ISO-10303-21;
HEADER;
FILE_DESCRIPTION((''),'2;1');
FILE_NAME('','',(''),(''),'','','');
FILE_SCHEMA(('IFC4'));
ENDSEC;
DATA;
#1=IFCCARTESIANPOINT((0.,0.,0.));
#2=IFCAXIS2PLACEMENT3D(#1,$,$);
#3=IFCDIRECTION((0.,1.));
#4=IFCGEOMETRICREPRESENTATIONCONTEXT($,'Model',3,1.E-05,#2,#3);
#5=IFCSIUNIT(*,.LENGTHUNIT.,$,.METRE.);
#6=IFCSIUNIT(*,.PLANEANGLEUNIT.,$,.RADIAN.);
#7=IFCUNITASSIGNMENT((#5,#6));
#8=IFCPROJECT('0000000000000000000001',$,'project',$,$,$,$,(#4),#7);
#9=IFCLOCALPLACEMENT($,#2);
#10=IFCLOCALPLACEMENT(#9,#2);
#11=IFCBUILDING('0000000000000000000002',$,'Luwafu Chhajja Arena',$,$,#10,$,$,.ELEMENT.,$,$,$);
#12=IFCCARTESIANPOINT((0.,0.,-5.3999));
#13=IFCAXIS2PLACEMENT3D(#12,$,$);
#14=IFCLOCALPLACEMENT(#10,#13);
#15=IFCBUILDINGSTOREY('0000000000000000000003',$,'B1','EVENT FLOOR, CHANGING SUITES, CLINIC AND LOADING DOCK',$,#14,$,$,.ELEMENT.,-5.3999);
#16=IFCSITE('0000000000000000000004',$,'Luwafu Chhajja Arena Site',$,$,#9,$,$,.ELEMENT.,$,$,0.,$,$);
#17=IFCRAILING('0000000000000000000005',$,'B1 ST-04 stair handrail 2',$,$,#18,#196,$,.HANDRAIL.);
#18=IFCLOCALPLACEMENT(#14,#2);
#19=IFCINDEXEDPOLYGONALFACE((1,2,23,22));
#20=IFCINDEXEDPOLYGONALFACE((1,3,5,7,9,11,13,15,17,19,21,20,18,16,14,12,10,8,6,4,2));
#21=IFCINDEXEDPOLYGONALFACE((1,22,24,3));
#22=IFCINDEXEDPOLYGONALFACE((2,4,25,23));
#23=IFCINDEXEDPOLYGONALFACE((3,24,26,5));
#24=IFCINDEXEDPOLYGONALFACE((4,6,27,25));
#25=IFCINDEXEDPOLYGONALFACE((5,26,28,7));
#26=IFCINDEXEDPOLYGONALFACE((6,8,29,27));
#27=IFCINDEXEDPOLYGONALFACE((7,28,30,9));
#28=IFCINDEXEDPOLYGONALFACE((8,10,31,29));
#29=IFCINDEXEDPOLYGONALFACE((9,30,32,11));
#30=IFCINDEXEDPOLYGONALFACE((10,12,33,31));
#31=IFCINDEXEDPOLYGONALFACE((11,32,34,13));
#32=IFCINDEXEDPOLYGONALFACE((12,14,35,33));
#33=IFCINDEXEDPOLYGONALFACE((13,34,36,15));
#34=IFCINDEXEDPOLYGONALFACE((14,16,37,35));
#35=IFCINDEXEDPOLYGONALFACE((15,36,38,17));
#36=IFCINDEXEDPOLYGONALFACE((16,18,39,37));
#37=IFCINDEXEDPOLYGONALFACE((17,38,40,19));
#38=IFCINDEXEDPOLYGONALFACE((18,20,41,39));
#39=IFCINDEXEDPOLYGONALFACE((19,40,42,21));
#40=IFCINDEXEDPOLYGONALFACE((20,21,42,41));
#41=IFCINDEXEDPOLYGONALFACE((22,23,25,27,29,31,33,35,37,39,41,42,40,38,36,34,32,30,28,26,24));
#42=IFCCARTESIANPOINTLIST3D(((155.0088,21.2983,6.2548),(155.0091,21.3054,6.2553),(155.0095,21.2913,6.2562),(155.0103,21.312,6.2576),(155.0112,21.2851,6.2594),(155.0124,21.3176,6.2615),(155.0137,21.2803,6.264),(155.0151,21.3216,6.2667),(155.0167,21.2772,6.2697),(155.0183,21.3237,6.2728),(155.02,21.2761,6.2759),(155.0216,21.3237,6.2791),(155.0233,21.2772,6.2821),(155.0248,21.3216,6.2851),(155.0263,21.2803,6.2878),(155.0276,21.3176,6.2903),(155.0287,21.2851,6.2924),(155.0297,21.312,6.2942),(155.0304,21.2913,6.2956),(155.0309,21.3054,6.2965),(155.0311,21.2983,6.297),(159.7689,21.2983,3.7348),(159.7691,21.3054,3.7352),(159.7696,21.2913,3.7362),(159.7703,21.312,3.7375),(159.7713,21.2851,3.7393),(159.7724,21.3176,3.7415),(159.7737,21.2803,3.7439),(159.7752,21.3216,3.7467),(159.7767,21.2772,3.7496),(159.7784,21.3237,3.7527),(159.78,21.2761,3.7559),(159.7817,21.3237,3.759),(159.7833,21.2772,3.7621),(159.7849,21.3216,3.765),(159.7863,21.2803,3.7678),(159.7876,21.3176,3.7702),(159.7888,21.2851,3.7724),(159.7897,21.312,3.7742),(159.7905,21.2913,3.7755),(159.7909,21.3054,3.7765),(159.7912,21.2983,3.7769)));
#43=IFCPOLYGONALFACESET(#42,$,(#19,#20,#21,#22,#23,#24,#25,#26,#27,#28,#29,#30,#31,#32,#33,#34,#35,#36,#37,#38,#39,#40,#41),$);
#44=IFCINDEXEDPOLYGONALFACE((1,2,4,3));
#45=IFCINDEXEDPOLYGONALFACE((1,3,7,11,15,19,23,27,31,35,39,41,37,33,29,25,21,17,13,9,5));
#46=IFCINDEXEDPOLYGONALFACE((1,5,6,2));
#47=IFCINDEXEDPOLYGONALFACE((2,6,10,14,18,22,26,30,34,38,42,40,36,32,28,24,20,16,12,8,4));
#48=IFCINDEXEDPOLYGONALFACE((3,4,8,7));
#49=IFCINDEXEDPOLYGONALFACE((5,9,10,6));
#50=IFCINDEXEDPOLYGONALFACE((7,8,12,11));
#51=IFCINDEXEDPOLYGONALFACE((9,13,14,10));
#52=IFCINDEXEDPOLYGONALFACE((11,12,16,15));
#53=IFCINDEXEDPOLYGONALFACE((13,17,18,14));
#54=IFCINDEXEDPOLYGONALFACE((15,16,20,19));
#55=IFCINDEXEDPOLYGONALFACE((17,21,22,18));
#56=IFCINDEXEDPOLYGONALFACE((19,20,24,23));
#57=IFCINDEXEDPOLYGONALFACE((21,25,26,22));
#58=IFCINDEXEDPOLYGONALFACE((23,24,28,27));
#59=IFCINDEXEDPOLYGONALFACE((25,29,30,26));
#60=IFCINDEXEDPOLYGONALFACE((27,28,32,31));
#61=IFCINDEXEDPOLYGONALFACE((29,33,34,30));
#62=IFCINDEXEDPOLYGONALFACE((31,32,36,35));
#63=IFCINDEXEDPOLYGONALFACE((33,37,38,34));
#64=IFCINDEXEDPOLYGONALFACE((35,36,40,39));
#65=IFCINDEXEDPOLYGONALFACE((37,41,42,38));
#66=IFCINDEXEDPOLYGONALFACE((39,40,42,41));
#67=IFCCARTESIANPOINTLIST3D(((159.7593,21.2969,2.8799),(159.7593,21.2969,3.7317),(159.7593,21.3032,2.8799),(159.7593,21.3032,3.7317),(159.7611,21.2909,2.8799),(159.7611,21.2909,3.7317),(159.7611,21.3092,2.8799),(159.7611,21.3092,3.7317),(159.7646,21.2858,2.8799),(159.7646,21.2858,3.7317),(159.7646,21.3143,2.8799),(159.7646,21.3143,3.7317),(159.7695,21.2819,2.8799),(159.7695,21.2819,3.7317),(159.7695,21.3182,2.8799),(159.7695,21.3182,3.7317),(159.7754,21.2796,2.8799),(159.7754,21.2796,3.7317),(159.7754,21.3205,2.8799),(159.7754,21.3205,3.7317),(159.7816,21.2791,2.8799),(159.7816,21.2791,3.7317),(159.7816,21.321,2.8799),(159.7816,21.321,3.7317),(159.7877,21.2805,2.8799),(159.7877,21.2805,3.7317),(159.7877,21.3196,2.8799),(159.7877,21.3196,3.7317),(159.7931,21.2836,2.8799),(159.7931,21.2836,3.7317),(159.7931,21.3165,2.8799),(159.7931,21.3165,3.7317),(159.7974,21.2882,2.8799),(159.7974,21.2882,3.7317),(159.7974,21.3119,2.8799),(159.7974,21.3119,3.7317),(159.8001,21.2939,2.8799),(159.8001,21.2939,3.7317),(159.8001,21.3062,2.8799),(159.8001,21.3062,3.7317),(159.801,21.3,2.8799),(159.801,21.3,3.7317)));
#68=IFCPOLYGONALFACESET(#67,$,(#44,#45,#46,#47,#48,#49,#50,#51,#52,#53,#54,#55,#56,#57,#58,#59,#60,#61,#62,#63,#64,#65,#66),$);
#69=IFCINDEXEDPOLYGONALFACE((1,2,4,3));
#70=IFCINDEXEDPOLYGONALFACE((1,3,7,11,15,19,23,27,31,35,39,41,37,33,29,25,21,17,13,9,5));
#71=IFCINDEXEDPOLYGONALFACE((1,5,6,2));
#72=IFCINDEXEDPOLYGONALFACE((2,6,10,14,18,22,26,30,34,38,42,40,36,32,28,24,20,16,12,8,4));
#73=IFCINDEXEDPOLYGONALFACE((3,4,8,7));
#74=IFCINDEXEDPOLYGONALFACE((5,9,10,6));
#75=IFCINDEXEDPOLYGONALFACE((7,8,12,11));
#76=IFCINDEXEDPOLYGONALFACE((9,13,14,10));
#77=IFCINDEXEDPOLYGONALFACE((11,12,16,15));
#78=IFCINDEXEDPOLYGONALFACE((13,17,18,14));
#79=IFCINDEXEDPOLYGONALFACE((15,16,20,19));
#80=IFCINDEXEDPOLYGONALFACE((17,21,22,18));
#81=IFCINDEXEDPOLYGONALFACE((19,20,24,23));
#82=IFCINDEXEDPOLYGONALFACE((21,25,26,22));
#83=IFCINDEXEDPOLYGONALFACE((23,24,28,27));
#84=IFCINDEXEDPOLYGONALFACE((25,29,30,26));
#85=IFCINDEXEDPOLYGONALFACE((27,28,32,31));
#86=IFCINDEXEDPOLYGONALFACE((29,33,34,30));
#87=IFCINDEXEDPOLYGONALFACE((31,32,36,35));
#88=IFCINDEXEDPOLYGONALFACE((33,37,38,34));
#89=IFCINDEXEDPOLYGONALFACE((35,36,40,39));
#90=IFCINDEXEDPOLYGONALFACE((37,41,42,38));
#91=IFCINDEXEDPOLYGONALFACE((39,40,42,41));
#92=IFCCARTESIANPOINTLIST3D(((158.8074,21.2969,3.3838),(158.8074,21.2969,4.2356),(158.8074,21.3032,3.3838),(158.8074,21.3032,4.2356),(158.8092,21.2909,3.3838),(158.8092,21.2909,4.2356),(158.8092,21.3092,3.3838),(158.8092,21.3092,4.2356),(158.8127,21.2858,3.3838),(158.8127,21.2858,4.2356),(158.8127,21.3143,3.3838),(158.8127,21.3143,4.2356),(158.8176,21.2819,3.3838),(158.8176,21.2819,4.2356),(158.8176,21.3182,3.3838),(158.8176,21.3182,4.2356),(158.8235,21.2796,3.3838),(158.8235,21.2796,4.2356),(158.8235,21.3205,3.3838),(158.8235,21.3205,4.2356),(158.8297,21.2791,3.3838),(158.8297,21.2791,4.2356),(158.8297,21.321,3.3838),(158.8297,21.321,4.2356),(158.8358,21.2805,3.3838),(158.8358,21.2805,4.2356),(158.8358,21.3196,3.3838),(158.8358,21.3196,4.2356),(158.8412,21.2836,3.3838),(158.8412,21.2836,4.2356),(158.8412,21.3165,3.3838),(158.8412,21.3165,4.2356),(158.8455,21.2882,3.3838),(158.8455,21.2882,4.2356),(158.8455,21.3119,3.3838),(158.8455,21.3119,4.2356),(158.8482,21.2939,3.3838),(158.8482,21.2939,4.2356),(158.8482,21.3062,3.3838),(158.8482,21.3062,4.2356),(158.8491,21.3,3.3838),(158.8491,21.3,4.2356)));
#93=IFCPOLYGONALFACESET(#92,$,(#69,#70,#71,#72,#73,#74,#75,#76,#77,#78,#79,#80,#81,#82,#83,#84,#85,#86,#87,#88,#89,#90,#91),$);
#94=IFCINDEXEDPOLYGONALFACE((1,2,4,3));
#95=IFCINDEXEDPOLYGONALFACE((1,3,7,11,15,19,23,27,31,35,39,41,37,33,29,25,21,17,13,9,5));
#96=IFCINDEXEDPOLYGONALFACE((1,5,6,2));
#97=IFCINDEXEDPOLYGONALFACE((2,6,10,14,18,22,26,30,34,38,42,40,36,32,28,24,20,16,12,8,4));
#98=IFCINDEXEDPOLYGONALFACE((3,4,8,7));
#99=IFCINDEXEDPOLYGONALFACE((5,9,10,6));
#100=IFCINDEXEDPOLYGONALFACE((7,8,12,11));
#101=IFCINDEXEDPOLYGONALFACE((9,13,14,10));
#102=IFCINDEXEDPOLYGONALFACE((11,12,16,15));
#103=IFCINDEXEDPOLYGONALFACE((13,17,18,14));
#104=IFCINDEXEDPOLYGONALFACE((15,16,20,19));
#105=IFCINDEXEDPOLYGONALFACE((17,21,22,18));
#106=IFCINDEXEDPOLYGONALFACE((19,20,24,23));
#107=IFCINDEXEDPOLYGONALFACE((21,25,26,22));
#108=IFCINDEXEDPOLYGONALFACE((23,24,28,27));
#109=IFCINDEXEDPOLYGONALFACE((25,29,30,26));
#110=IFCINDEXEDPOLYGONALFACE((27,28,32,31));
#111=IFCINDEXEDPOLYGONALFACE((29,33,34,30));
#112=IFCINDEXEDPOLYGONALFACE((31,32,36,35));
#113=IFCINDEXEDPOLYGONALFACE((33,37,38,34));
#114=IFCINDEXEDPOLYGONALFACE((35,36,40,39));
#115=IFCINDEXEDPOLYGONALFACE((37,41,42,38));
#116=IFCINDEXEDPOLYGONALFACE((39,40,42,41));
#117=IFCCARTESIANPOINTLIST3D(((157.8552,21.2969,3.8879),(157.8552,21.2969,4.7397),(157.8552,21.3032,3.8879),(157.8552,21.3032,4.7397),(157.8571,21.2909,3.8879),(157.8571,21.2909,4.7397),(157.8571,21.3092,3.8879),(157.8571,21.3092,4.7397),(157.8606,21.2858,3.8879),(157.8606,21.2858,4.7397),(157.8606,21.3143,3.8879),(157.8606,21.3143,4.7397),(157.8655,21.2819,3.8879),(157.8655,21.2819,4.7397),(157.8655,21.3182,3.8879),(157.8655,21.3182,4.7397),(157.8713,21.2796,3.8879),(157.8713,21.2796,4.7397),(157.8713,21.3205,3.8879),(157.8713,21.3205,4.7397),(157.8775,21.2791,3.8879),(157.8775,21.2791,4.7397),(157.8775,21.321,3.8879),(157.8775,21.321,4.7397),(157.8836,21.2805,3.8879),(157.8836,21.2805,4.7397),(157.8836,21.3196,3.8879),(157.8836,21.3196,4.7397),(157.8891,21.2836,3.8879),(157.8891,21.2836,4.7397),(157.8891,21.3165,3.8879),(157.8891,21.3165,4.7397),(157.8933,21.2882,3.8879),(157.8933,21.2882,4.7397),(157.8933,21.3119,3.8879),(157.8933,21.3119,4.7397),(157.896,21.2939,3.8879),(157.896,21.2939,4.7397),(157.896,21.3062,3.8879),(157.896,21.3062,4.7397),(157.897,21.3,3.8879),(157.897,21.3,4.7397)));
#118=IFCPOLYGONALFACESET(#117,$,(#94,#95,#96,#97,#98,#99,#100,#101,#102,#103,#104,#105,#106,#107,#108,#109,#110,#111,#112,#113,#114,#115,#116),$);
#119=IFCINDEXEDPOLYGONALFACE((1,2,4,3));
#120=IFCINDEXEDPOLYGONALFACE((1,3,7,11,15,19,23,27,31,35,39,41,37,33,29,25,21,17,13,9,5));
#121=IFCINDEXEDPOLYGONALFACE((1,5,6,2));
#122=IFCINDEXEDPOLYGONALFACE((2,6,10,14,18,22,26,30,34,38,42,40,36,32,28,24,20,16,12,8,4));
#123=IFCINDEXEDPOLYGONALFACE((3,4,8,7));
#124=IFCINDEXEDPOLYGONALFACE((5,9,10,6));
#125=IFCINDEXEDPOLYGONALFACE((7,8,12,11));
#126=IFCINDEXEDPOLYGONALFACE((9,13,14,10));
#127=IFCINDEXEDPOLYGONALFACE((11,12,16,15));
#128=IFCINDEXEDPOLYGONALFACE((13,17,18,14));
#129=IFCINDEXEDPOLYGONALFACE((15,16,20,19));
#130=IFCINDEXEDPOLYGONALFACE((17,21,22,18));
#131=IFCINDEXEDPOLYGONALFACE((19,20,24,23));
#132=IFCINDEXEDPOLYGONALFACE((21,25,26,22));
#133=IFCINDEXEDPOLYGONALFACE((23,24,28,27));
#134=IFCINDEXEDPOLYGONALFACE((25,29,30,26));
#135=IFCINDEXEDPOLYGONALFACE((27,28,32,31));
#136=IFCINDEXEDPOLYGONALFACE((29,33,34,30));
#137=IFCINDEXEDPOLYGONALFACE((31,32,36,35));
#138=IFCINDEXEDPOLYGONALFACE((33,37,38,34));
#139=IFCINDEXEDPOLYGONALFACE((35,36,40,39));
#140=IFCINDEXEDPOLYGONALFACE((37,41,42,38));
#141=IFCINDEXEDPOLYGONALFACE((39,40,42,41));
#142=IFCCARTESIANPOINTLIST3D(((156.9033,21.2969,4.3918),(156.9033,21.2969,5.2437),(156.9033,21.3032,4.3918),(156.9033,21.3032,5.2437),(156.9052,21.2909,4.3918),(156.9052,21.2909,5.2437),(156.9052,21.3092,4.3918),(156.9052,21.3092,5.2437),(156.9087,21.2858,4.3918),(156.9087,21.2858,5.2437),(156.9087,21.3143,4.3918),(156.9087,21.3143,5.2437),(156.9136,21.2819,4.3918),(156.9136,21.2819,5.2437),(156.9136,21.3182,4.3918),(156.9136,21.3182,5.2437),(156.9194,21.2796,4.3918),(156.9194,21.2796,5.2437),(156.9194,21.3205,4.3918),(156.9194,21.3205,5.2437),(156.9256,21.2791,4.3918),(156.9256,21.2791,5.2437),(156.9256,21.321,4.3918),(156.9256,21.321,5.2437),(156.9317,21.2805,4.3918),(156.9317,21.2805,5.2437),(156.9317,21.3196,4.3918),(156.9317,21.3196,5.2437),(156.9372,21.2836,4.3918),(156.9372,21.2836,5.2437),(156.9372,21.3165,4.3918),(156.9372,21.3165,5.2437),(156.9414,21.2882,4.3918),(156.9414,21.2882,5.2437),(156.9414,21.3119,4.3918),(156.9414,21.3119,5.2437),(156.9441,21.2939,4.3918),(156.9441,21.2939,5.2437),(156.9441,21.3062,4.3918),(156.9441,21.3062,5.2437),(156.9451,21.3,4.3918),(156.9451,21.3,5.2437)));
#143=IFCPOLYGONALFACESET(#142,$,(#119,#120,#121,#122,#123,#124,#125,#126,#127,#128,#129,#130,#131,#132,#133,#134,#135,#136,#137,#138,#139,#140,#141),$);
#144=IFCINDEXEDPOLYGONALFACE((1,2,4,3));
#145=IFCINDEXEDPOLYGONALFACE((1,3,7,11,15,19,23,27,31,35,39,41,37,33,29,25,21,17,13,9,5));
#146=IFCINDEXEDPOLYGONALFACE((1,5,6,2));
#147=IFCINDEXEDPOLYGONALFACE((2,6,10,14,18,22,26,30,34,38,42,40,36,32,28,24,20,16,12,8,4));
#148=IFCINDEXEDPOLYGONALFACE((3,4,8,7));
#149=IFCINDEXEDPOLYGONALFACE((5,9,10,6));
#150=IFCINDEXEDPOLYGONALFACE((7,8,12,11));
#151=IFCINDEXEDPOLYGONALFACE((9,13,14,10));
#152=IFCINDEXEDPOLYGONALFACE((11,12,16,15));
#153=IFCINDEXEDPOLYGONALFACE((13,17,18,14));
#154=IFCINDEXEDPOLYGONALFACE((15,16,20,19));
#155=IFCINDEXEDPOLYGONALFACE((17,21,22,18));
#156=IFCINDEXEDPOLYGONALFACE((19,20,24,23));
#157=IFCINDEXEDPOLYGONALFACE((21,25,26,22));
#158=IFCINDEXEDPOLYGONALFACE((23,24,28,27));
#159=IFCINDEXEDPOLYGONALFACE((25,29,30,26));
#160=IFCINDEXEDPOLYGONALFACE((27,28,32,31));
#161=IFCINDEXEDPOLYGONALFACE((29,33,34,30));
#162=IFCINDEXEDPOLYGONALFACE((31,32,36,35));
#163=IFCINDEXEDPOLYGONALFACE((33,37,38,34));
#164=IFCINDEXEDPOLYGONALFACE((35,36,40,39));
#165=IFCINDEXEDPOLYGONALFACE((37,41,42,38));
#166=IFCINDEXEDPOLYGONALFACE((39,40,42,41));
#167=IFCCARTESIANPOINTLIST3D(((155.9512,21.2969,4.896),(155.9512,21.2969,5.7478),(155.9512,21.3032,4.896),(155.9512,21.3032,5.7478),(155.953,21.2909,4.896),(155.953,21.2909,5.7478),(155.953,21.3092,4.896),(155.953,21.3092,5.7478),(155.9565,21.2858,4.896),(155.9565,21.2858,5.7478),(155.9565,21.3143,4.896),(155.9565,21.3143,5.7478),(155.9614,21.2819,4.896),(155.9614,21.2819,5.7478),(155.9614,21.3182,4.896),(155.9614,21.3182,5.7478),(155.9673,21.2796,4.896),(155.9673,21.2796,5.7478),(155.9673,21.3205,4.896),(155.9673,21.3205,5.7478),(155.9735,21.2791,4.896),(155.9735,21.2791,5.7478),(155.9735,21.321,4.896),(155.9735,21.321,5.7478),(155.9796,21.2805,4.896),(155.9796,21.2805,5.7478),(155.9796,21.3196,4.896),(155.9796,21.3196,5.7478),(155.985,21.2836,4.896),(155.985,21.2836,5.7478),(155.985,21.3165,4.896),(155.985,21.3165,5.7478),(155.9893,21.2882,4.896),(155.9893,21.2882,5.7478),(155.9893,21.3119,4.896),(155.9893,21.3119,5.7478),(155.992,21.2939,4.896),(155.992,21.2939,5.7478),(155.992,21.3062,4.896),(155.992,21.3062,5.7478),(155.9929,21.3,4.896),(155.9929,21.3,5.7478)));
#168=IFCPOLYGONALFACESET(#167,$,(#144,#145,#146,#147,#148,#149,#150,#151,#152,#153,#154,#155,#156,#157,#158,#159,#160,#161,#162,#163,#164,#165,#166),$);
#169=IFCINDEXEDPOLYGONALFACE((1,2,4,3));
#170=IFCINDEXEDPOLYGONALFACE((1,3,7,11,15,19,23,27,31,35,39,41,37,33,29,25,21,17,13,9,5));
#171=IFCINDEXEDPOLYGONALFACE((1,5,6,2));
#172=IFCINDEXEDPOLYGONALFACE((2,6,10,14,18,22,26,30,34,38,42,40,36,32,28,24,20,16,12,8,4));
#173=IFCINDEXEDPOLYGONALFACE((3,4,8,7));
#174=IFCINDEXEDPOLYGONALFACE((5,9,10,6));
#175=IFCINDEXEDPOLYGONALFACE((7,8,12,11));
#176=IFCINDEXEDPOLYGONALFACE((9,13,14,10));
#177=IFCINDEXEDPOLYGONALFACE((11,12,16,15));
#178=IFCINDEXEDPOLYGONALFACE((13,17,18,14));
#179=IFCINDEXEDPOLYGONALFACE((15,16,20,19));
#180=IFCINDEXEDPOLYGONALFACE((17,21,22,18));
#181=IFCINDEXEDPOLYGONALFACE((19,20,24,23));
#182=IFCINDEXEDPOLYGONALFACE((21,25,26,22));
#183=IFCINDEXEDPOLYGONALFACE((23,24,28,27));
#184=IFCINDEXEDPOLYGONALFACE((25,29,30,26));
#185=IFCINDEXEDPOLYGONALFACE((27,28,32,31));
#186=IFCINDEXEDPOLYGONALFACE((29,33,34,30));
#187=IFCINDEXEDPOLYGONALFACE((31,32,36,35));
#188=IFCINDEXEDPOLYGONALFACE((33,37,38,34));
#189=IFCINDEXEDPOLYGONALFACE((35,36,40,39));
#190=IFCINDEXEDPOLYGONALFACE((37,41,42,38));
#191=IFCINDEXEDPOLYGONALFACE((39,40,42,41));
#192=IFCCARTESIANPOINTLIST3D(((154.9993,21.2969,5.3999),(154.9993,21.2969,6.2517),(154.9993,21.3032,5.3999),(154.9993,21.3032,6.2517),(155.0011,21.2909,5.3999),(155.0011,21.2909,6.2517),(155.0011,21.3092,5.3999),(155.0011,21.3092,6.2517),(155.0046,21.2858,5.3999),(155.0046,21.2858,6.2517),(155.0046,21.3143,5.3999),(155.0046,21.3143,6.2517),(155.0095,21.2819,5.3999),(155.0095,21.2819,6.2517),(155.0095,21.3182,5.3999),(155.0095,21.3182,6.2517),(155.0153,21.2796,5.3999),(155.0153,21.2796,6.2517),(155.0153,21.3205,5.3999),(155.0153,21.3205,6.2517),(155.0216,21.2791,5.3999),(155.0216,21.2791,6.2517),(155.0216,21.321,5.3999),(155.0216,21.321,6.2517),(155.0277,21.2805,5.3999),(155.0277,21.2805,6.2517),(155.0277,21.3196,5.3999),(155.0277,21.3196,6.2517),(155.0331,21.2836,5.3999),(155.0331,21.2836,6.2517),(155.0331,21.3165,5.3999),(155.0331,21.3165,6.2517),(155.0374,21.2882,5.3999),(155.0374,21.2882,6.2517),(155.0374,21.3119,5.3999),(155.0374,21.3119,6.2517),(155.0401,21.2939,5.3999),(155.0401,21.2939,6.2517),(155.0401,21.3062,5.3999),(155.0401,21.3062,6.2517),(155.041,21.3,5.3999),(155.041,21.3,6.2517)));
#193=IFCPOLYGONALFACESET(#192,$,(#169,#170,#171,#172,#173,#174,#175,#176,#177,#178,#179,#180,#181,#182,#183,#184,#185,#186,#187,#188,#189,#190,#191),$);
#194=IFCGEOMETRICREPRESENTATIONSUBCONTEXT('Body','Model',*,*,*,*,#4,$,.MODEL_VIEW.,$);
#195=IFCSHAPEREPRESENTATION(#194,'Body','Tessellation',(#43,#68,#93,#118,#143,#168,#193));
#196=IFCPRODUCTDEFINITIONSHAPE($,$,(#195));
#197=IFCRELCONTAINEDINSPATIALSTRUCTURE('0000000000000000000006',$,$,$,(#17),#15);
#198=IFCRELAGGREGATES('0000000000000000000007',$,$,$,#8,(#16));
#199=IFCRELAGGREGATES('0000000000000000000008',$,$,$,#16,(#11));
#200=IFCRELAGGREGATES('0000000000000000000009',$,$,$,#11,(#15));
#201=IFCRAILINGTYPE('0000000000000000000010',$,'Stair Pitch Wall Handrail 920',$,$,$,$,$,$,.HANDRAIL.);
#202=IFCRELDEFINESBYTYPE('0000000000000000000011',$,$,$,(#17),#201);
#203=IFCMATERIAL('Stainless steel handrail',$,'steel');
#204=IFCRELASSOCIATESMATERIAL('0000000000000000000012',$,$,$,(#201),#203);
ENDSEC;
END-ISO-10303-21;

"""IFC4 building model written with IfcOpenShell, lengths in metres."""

from ifc_helpers import new_model, si_unit, direction, frame, origin, origin_2d, place, context, subcontext, project, spatial, circle, extrude, material, type_object, element, save


model = new_model("IFC4")

# Units and contexts
model_context = context("Model", 3, precision=1e-05, world=origin(), true_north=direction((0.0, 1.0)))
body_context = subcontext(model_context, "Body", "Model", "MODEL_VIEW")
ifc_project = project(units=[si_unit("LENGTHUNIT", "METRE"), si_unit("PLANEANGLEUNIT", "RADIAN")], contexts=[model_context])

# Site, building, storey
site_placement = place(None, origin())
site = spatial("IfcSite", under=ifc_project, at=site_placement, Name="Luwafu Chhajja Arena Site", CompositionType="ELEMENT", RefElevation=0.0)
building_placement = place(site_placement, origin())
building = spatial("IfcBuilding", under=site, at=building_placement, Name="Luwafu Chhajja Arena", CompositionType="ELEMENT")
storey_placement = place(building_placement, frame((0.0, 0.0, -5.3999)))
storey = spatial("IfcBuildingStorey", under=building, at=storey_placement, Name="B1", Description="EVENT FLOOR, CHANGING SUITES, CLINIC AND LOADING DOCK", CompositionType="ELEMENT", Elevation=-5.3999)

# Railing
ifc_material_1 = material(Name="Stainless steel handrail", Category="steel")
railing_type_1 = type_object("IfcRailingType", Name="Stair Pitch Wall Handrail 920", PredefinedType="HANDRAIL", material=ifc_material_1)
railing_1_placement = place(storey_placement, frame((159.78, 21.3, 2.8799)))
element("IfcRailing", 1, at=railing_1_placement, inside=storey, type_object=railing_type_1, Name="B1 ST-04 stair handrail 2", PredefinedType="HANDRAIL", context=body_context, shape_type="SweptSolid", body=[
    extrude(circle(Radius=0.0239, at=origin_2d()), frame((0.0, 0.0, 0.876), z_axis=(-0.883787, 0.0, 0.46789), x_axis=(0.0, -1.0, 0.0)), (0.0, 0.0, 1.0), 5.386),
    extrude(circle(Radius=0.021, at=origin_2d()), origin(), (0.0, 0.0, 1.0), 0.8518),
    extrude(circle(Radius=0.021, at=origin_2d()), frame((-0.9519, 0.0, 0.5039)), (0.0, 0.0, 1.0), 0.8518),
    extrude(circle(Radius=0.021, at=origin_2d()), frame((-1.9041, 0.0, 1.0081)), (0.0, 0.0, 1.0), 0.8518),
    extrude(circle(Radius=0.021, at=origin_2d()), frame((-2.856, 0.0, 1.512)), (0.0, 0.0, 1.0), 0.8518),
    extrude(circle(Radius=0.021, at=origin_2d()), frame((-3.8081, 0.0, 2.0161)), (0.0, 0.0, 1.0), 0.8518),
    extrude(circle(Radius=0.021, at=origin_2d()), frame((-4.76, 0.0, 2.52)), (0.0, 0.0, 1.0), 0.8518),
])

save(model, "model.ifc")
